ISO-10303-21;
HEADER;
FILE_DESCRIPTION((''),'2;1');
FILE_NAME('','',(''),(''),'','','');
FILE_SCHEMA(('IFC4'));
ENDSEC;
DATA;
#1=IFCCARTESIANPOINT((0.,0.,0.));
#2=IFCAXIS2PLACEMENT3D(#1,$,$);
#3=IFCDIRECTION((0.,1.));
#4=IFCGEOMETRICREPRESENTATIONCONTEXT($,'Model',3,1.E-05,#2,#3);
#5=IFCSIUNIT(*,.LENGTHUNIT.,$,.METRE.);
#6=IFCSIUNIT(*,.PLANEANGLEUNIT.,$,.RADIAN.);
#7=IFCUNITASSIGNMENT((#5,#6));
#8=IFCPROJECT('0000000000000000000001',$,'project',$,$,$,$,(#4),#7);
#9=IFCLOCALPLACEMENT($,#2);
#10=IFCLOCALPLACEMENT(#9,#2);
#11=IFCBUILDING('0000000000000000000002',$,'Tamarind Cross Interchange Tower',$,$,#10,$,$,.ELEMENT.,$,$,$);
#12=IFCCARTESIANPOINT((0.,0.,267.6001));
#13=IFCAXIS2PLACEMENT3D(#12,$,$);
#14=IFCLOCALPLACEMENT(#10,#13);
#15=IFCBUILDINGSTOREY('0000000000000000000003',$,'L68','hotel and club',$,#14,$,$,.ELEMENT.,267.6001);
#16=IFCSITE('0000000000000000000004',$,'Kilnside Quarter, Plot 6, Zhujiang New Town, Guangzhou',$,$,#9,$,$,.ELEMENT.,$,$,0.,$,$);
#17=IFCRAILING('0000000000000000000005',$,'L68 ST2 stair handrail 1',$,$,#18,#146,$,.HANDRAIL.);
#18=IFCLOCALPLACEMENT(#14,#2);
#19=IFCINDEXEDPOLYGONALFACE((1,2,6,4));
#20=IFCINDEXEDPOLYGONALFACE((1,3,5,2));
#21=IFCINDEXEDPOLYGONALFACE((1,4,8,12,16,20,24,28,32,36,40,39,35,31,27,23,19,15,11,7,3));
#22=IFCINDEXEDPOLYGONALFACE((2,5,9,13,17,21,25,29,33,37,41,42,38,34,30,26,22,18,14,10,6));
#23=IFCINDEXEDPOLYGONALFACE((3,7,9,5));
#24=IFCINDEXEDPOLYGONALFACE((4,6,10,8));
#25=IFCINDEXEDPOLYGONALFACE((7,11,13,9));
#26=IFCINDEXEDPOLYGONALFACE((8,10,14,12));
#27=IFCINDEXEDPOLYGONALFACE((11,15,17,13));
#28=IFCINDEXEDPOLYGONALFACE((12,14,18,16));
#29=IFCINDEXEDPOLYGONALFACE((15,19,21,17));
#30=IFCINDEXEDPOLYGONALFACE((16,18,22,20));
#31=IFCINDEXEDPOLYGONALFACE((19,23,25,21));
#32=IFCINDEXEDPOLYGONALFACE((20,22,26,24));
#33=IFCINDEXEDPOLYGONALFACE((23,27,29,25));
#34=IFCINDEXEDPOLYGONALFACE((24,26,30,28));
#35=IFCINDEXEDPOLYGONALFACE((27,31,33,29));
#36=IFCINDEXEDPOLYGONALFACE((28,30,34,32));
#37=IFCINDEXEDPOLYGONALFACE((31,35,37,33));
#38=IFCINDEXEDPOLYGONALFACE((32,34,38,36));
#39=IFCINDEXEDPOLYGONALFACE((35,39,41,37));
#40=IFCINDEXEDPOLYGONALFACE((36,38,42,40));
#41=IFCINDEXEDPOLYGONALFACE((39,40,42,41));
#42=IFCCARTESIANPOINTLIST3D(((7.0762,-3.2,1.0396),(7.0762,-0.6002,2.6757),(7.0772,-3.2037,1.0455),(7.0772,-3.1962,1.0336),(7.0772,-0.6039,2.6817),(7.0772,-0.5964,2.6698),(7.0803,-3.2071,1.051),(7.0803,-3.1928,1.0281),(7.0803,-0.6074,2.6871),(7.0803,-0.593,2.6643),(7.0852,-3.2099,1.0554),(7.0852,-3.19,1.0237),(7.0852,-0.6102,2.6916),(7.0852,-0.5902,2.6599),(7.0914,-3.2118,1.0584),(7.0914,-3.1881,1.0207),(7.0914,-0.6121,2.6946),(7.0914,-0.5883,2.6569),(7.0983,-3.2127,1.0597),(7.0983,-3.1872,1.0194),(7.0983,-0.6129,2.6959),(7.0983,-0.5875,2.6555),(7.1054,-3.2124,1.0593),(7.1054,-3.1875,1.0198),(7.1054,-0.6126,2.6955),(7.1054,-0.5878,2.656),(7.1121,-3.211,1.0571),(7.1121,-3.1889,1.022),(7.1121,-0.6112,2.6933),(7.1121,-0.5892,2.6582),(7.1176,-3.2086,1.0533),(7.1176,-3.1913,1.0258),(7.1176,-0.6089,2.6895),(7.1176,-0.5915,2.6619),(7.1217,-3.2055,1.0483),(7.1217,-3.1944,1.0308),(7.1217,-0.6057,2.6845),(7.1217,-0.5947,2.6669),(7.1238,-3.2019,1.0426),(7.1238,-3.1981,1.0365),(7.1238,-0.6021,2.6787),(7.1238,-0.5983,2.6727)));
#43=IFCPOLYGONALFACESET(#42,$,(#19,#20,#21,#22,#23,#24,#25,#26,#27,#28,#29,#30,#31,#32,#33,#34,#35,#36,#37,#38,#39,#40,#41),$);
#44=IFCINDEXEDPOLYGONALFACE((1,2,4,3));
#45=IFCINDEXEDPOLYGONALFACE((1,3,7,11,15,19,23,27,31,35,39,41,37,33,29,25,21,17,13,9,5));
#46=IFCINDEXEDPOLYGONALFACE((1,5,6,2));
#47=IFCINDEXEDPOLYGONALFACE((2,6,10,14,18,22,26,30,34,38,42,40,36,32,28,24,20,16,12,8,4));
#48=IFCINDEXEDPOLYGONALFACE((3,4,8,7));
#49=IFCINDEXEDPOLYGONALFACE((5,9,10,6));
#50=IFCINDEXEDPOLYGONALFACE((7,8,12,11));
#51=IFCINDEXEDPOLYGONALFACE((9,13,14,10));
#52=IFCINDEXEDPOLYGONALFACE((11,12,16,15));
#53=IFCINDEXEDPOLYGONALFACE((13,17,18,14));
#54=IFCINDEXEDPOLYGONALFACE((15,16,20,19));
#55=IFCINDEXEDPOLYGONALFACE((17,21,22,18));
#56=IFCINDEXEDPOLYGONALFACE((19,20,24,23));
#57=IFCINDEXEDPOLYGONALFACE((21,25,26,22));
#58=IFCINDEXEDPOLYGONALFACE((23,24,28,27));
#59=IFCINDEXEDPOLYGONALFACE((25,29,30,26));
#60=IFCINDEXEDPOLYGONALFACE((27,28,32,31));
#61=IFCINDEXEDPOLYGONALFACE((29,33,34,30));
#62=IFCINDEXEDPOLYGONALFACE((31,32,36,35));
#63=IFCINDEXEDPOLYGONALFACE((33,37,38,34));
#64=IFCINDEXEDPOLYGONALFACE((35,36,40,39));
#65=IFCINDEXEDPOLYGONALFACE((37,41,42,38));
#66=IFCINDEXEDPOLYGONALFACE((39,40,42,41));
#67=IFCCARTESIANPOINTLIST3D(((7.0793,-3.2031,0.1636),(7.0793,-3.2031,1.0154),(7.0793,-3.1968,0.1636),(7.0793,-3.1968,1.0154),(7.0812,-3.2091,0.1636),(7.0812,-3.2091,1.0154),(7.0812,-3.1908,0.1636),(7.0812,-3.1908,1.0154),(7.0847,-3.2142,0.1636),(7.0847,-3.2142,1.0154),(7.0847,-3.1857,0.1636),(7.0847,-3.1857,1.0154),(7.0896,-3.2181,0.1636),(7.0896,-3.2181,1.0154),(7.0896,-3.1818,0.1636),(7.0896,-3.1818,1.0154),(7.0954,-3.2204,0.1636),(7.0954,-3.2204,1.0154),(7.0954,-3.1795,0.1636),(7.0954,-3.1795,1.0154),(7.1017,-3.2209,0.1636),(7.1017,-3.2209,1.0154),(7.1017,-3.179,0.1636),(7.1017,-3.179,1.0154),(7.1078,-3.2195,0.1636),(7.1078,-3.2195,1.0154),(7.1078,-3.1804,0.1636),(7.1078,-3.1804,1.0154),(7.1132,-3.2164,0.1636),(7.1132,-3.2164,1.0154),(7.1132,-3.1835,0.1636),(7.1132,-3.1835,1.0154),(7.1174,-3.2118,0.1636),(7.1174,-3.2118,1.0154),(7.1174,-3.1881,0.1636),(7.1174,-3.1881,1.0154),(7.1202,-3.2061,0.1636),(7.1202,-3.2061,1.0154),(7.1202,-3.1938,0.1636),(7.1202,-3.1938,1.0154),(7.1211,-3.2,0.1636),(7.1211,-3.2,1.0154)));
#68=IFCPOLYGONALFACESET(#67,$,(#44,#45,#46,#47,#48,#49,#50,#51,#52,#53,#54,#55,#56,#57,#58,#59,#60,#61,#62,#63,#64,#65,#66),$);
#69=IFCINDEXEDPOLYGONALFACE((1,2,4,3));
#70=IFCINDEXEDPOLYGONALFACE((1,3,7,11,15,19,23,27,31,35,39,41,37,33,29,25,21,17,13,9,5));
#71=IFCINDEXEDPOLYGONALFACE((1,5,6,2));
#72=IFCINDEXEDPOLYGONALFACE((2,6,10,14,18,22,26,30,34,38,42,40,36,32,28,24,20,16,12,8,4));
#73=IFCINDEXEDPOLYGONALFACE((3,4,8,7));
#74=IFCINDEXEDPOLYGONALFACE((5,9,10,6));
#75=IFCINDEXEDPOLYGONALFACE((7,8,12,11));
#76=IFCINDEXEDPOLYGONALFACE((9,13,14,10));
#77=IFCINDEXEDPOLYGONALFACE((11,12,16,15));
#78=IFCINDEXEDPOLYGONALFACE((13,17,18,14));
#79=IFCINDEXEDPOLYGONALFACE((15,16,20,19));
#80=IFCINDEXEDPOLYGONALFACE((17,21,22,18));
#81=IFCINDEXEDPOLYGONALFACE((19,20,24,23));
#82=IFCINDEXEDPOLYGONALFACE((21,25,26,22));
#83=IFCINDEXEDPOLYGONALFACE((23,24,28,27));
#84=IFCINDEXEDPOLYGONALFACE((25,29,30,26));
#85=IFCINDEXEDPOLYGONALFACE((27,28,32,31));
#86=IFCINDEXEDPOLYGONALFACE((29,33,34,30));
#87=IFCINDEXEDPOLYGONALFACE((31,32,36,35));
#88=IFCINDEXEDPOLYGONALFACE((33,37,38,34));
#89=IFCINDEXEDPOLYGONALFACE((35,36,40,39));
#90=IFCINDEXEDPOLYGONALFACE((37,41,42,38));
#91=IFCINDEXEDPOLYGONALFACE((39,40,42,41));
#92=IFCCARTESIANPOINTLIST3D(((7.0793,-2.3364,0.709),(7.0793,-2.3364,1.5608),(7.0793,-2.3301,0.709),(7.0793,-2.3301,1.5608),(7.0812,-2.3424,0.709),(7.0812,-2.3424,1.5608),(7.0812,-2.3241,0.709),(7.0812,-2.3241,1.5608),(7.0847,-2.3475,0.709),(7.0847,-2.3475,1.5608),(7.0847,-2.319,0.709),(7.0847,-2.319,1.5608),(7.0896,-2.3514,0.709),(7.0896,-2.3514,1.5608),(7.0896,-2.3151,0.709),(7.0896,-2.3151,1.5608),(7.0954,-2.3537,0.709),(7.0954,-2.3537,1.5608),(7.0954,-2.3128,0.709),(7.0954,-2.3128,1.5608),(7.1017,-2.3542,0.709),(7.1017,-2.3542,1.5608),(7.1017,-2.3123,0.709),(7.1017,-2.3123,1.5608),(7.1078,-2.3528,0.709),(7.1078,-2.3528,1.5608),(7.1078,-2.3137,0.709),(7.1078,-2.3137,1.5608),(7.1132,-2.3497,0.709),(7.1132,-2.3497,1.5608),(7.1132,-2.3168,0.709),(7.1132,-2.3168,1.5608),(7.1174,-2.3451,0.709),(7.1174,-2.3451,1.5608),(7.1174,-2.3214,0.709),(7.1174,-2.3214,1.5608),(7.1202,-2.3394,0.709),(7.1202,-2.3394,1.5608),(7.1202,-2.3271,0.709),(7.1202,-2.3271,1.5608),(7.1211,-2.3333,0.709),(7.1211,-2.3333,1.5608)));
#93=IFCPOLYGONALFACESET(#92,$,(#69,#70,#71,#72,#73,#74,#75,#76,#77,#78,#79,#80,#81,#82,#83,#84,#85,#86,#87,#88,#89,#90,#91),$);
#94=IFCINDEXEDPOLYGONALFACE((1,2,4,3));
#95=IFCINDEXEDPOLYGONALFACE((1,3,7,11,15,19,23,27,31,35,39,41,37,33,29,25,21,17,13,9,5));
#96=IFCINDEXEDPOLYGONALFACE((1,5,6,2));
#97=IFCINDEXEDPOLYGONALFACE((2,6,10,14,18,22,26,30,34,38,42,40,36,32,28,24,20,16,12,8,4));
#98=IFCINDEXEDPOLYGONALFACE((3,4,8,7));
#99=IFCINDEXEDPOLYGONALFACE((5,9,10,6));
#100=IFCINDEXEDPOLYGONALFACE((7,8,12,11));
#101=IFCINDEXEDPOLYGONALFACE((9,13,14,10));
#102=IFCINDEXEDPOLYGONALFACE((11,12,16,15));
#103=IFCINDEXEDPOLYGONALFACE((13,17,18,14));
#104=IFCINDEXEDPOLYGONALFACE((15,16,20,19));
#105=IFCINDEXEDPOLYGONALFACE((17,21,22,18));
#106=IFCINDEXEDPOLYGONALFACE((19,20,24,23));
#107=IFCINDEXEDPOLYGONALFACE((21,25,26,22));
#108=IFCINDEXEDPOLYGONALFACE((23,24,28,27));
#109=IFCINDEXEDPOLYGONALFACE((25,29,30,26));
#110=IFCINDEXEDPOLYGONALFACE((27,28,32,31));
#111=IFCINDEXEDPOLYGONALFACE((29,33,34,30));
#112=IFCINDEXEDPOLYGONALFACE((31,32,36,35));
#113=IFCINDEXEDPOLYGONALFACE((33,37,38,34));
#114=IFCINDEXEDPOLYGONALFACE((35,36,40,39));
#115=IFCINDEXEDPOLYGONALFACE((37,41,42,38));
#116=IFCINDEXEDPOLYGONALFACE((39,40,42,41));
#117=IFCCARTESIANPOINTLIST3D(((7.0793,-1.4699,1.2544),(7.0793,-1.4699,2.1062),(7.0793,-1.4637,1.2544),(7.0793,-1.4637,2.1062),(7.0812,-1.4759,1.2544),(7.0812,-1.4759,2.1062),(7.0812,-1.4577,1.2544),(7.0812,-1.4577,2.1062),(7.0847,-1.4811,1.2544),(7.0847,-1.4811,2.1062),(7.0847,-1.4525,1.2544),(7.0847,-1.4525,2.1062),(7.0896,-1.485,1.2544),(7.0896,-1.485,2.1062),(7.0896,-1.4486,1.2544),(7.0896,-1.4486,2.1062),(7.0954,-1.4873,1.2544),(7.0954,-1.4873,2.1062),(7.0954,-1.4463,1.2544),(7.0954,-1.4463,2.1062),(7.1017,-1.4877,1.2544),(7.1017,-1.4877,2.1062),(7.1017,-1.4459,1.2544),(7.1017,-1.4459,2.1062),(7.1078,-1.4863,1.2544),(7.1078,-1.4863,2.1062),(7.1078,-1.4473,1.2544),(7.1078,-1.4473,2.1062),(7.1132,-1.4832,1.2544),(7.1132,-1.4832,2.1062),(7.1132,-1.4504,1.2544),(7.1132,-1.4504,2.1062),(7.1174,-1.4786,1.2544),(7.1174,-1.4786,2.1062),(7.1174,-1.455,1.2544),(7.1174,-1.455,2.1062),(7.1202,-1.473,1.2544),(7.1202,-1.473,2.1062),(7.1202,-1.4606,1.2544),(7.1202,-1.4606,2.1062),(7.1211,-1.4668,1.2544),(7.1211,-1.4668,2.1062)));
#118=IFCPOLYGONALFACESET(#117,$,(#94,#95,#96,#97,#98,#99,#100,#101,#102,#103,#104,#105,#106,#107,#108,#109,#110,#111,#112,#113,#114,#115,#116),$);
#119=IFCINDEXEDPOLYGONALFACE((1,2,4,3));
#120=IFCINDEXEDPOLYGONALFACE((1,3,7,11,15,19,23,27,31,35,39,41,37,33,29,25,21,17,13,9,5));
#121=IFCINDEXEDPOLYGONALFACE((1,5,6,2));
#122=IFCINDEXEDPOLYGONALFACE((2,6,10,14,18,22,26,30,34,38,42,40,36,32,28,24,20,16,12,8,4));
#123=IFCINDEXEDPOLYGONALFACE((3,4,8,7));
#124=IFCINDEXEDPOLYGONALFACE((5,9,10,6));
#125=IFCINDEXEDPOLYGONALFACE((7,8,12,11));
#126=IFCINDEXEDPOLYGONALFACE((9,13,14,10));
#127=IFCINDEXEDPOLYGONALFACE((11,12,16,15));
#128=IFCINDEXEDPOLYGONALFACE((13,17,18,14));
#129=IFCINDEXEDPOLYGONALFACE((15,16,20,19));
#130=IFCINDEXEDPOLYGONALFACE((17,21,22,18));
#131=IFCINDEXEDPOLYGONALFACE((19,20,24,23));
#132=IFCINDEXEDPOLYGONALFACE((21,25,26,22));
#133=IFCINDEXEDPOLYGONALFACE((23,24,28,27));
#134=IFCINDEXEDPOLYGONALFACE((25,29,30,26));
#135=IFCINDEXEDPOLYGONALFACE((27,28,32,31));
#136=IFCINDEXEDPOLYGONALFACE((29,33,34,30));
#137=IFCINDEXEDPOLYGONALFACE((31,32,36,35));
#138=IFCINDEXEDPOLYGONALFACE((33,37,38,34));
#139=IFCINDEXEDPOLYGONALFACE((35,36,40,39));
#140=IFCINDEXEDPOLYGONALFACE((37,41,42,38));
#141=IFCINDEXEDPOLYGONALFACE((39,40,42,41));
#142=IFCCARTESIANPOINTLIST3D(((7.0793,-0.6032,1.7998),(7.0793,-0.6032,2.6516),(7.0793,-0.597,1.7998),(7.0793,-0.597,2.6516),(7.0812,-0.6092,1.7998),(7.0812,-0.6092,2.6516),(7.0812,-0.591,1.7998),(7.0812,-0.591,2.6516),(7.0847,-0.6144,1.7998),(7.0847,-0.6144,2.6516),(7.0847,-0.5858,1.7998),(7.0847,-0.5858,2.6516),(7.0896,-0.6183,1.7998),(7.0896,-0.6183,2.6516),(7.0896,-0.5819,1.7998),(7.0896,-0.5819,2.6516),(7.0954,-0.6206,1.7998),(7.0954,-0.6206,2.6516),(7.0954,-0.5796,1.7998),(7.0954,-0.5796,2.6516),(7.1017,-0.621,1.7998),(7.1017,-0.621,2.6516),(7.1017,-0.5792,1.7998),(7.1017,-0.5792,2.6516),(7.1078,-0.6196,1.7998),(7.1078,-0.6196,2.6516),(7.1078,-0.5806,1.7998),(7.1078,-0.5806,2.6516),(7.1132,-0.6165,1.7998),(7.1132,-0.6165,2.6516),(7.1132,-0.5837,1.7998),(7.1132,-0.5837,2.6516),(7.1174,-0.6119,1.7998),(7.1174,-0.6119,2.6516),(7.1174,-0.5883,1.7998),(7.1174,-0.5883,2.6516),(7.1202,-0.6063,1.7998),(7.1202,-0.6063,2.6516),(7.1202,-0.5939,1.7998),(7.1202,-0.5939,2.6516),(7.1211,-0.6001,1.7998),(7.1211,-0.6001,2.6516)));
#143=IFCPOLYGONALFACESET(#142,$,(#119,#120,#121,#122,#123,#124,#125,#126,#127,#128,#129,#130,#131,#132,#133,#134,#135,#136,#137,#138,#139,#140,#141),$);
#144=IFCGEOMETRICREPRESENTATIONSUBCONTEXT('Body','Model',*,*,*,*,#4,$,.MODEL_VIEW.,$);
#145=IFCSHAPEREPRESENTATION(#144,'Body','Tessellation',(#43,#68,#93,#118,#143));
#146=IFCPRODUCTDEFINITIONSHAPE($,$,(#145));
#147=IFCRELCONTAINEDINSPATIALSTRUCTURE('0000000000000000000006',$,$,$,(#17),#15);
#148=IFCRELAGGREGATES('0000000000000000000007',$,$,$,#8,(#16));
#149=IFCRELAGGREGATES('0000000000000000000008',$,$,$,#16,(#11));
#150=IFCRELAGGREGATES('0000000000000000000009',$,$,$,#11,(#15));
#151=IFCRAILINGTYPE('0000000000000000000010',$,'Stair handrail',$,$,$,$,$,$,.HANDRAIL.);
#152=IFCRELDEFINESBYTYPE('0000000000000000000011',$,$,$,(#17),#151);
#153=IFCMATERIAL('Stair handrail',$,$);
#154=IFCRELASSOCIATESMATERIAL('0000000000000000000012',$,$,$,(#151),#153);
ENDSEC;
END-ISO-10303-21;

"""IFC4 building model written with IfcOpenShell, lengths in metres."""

from ifc_helpers import new_model, si_unit, direction, frame, origin, origin_2d, place, context, subcontext, project, spatial, circle, extrude, material, type_object, element, save


model = new_model("IFC4")

# Units and contexts
model_context = context("Model", 3, precision=1e-05, world=origin(), true_north=direction((0.0, 1.0)))
body_context = subcontext(model_context, "Body", "Model", "MODEL_VIEW")
ifc_project = project(units=[si_unit("LENGTHUNIT", "METRE"), si_unit("PLANEANGLEUNIT", "RADIAN")], contexts=[model_context])

# Site, building, storey
site_placement = place(None, origin())
site = spatial("IfcSite", under=ifc_project, at=site_placement, Name="Kilnside Quarter, Plot 6, Zhujiang New Town, Guangzhou", CompositionType="ELEMENT", RefElevation=0.0)
building_placement = place(site_placement, origin())
building = spatial("IfcBuilding", under=site, at=building_placement, Name="Tamarind Cross Interchange Tower", CompositionType="ELEMENT")
storey_placement = place(building_placement, frame((0.0, 0.0, 267.6001)))
storey = spatial("IfcBuildingStorey", under=building, at=storey_placement, Name="L68", Description="hotel and club", CompositionType="ELEMENT", Elevation=267.6001)

# Railing
ifc_material_1 = material(Name="Stair handrail")
railing_type_1 = type_object("IfcRailingType", Name="Stair handrail", PredefinedType="HANDRAIL", material=ifc_material_1)
railing_1_placement = place(storey_placement, frame((7.1001, -3.2, 0.1636)))
element("IfcRailing", 1, at=railing_1_placement, inside=storey, type_object=railing_type_1, Name="L68 ST2 stair handrail 1", PredefinedType="HANDRAIL", context=body_context, shape_type="SweptSolid", body=[
    extrude(circle(Radius=0.0239, at=origin_2d()), frame((0.0, 0.0, 0.876), z_axis=(0.0, 0.846338, 0.532647), x_axis=(-1.0, 0.0, 0.0)), (0.0, 0.0, 1.0), 3.0718),
    extrude(circle(Radius=0.021, at=origin_2d()), origin(), (0.0, 0.0, 1.0), 0.8518),
    extrude(circle(Radius=0.021, at=origin_2d()), frame((0.0, 0.8667, 0.5454)), (0.0, 0.0, 1.0), 0.8518),
    extrude(circle(Radius=0.021, at=origin_2d()), frame((0.0, 1.7332, 1.0908)), (0.0, 0.0, 1.0), 0.8518),
    extrude(circle(Radius=0.021, at=origin_2d()), frame((0.0, 2.5999, 1.6362)), (0.0, 0.0, 1.0), 0.8518),
])

save(model, "model.ifc")
